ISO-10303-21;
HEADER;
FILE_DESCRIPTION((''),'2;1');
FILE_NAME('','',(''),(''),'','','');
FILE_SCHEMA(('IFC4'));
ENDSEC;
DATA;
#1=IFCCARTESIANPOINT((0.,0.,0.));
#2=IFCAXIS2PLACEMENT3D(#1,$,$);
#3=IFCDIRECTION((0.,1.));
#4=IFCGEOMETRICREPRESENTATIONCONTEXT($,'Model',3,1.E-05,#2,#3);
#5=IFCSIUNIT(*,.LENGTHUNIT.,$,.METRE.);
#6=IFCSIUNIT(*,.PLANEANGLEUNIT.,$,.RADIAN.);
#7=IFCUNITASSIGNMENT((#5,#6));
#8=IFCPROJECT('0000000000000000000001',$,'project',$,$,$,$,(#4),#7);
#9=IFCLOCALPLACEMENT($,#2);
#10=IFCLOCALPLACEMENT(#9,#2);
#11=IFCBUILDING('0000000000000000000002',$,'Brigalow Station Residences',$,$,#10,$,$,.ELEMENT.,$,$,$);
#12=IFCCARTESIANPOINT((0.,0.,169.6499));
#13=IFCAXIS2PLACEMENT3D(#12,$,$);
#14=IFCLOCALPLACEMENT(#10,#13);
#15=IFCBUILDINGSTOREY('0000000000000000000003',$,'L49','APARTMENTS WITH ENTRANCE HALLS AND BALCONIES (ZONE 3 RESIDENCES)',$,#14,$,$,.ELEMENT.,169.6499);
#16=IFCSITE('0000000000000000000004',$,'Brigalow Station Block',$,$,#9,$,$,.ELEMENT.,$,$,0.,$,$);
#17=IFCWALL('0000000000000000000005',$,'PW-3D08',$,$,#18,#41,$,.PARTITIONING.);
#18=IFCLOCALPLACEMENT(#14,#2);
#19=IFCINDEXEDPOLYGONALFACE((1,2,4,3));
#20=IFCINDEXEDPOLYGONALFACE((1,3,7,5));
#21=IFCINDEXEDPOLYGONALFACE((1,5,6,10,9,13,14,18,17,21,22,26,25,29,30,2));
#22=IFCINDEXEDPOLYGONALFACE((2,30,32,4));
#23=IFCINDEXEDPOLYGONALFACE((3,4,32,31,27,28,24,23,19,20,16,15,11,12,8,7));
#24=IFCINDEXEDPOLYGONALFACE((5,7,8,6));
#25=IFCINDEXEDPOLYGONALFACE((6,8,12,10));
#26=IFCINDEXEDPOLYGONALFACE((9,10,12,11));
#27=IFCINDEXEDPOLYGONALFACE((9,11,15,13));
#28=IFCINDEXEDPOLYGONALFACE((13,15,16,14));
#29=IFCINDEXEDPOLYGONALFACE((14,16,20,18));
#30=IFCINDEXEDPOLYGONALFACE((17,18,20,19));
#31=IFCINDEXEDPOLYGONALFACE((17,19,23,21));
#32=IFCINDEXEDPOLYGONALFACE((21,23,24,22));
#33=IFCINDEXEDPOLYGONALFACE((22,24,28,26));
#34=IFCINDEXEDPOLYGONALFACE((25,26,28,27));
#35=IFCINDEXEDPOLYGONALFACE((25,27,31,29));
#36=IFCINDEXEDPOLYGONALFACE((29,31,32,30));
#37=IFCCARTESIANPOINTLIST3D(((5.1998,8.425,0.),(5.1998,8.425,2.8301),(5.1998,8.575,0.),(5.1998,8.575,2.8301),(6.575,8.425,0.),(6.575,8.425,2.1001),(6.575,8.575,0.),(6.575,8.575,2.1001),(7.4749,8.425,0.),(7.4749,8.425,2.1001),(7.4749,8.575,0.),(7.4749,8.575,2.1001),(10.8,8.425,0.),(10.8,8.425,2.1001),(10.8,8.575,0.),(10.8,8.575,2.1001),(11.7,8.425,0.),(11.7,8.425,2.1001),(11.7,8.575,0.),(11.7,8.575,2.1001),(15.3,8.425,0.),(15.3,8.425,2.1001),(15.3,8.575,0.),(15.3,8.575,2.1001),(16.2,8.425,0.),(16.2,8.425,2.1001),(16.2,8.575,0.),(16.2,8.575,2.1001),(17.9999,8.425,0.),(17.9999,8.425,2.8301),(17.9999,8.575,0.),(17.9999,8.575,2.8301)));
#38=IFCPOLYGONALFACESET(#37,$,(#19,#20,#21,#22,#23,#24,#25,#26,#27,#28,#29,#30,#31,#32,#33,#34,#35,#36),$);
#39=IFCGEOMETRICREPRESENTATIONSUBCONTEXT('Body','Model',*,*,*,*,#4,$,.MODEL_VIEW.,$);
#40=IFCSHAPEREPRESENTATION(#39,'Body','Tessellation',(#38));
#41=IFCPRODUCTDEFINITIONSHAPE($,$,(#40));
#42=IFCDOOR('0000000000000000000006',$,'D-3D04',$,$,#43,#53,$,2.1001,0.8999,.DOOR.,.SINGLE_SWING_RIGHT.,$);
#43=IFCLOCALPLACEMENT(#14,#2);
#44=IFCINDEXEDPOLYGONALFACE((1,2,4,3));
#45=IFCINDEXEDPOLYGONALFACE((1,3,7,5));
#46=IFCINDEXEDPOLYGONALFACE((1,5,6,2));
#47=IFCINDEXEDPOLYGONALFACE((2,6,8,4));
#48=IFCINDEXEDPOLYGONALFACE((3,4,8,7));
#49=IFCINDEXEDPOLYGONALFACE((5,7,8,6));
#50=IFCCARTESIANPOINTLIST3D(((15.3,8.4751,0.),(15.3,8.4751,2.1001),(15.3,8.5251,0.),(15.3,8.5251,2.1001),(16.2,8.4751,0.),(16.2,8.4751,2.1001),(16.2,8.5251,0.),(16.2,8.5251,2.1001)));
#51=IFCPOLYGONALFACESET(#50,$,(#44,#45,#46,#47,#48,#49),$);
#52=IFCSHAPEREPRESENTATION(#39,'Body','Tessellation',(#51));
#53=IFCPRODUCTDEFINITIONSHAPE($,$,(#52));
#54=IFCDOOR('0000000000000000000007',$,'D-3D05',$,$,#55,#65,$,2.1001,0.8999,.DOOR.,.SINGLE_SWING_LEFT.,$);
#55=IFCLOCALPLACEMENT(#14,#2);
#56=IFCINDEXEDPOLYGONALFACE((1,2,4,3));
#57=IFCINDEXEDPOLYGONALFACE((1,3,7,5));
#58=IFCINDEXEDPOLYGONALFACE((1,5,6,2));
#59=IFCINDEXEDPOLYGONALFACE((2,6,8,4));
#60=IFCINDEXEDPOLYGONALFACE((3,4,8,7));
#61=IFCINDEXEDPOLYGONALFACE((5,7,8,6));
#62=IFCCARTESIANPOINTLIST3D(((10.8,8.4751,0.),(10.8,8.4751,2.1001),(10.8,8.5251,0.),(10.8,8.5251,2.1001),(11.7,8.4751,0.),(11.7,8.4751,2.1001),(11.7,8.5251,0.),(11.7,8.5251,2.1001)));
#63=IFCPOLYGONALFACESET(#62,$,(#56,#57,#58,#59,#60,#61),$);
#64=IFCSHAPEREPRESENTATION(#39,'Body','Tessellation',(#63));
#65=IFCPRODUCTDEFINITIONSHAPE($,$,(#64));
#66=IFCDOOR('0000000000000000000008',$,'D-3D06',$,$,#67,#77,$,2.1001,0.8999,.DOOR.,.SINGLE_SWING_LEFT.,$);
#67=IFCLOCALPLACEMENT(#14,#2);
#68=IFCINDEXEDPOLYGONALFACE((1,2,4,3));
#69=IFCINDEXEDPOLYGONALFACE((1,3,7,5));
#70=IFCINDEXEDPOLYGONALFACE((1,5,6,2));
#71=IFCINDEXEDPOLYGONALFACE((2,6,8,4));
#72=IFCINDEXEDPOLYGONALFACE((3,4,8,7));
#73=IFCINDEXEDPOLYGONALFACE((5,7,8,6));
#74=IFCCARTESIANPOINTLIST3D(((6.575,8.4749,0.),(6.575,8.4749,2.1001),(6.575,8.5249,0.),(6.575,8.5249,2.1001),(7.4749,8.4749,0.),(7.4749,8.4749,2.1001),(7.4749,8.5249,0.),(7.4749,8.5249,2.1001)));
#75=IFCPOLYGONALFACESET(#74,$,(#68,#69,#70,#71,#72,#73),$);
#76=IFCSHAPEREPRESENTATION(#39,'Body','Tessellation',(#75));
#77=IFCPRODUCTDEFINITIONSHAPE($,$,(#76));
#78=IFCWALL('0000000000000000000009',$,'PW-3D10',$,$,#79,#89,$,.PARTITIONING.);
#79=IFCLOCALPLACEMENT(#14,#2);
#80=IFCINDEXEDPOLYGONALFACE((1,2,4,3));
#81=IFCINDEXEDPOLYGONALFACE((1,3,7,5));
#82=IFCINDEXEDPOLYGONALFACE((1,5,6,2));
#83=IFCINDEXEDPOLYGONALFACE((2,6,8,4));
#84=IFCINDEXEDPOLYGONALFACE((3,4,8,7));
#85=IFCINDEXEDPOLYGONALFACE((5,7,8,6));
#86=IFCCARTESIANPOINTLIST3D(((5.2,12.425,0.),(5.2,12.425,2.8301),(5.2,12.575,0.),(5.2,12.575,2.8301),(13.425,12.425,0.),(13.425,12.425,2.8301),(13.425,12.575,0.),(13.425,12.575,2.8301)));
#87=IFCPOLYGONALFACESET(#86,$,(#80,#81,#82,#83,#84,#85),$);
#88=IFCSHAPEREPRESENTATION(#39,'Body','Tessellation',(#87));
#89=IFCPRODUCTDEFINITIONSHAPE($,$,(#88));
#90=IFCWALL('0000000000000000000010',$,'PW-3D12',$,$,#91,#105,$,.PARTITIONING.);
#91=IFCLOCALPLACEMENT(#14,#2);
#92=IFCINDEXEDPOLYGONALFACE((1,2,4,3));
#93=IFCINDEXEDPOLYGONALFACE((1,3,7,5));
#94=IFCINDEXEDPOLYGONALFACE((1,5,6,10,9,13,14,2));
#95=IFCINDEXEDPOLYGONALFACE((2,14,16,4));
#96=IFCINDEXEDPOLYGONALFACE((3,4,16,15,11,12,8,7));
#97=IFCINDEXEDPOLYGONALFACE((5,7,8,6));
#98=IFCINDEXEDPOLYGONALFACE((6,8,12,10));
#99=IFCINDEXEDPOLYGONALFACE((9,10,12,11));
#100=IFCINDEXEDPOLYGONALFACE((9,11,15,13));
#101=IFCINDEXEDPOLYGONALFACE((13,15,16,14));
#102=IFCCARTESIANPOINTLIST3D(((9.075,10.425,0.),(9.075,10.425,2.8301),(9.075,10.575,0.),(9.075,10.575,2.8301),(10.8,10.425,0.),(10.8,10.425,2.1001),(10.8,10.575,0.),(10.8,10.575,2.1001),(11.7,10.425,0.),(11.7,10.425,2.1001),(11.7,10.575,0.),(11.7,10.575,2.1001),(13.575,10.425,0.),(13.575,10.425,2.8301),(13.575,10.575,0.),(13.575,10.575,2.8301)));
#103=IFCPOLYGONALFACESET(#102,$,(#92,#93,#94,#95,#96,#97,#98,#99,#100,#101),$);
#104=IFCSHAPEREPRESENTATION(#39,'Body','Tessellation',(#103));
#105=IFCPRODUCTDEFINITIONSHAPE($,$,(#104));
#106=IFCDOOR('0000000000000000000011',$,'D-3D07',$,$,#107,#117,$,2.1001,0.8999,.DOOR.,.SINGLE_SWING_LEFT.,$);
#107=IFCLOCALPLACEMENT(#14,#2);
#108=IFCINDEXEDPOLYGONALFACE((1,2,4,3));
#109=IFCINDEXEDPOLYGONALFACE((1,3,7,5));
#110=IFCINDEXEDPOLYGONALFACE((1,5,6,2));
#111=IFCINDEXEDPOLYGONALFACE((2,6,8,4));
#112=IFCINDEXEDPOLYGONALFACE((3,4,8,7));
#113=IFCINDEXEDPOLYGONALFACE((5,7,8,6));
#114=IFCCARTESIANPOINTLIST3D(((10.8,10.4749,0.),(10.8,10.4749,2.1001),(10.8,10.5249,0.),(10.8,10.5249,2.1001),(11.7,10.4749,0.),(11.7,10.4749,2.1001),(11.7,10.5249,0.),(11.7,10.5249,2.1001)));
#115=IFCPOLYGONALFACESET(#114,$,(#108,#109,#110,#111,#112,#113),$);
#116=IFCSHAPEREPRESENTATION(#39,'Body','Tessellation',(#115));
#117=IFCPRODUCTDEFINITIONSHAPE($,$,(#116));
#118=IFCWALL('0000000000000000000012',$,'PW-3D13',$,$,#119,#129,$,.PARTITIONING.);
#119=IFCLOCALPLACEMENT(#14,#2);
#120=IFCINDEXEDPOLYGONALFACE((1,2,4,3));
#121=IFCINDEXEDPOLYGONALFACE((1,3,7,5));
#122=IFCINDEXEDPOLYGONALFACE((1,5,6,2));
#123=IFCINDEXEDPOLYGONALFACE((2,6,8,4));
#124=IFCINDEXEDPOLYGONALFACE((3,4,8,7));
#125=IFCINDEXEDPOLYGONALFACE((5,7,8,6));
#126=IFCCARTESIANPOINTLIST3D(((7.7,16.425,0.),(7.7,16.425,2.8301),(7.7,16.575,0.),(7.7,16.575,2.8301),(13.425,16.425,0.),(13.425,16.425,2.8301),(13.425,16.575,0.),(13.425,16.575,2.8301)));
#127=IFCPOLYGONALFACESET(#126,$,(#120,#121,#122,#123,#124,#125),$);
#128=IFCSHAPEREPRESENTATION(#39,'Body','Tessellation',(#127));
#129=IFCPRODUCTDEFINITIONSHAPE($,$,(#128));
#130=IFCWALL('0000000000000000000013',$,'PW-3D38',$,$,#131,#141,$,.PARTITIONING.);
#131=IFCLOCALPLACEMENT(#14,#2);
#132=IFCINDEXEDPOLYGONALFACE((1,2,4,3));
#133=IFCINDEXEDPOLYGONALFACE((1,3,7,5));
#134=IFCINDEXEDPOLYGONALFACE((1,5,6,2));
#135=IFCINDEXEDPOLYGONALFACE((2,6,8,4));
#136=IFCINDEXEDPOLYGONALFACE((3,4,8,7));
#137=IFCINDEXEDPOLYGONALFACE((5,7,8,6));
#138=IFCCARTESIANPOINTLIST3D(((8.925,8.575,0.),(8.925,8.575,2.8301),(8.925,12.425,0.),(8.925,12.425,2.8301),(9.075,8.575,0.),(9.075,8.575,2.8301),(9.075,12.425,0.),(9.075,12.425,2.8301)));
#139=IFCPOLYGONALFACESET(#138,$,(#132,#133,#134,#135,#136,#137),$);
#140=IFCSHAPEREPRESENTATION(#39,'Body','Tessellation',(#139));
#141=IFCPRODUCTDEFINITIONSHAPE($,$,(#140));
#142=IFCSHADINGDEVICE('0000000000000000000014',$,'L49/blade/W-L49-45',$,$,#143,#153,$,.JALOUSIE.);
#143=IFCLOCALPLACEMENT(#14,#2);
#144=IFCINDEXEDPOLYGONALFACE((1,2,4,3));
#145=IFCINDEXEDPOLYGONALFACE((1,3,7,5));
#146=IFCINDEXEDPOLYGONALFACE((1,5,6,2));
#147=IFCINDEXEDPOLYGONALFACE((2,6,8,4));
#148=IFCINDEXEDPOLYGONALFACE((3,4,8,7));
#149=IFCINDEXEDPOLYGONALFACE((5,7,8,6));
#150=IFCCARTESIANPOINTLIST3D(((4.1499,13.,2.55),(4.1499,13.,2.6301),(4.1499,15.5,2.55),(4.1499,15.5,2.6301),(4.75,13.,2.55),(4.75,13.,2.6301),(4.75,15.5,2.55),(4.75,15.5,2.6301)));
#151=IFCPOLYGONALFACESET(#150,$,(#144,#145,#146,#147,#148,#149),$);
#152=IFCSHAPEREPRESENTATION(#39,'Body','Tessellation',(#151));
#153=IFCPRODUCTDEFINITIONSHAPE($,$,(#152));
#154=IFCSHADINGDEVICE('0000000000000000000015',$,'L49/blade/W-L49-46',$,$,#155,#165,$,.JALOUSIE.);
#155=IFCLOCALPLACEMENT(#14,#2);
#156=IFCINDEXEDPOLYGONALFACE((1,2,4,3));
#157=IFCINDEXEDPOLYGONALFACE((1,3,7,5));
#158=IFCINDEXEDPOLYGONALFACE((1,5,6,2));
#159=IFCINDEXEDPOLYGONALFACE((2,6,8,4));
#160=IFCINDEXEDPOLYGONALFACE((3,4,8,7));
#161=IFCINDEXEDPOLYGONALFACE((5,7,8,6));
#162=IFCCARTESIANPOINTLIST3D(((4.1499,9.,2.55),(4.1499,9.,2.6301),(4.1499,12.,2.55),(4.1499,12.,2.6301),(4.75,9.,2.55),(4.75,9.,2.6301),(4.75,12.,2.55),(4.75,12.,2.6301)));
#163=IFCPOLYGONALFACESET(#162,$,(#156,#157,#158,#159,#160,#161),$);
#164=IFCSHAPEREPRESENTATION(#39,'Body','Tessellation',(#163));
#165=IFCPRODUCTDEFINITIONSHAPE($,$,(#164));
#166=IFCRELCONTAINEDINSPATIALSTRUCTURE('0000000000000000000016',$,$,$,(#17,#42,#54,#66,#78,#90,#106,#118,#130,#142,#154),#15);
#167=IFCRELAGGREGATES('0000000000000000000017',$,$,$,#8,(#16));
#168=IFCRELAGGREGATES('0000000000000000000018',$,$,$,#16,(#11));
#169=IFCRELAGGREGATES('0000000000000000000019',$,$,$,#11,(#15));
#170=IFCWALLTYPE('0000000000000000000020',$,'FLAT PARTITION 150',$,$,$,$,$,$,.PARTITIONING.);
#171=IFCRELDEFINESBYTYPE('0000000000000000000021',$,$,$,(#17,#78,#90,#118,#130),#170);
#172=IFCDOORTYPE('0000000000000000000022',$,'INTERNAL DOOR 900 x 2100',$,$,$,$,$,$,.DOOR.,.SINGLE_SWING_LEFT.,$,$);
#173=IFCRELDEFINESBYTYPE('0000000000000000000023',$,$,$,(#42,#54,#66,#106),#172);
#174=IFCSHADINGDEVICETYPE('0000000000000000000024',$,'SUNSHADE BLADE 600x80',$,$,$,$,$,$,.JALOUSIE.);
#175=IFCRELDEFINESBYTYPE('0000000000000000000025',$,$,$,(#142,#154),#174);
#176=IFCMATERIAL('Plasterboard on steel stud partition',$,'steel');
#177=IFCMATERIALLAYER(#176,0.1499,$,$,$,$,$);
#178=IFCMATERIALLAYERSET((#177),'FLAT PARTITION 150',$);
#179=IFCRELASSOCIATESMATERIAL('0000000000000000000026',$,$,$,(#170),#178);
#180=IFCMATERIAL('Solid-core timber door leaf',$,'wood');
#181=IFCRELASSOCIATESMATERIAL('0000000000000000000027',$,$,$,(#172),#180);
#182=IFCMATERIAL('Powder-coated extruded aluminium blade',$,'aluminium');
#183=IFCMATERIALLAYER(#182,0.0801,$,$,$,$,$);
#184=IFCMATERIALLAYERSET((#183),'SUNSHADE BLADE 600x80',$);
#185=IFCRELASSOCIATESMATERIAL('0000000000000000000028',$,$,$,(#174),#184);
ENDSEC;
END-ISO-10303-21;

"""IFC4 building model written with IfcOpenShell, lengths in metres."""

from ifc_helpers import new_model, si_unit, direction, frame, frame_2d, origin, origin_2d, place, context, subcontext, project, spatial, rectangle, extrude, material, layer, layer_set, type_object, element, fill, save


model = new_model("IFC4")

# Units and contexts
model_context = context("Model", 3, precision=1e-05, world=origin(), true_north=direction((0.0, 1.0)))
body_context = subcontext(model_context, "Body", "Model", "MODEL_VIEW")
ifc_project = project(units=[si_unit("LENGTHUNIT", "METRE"), si_unit("PLANEANGLEUNIT", "RADIAN")], contexts=[model_context])

# Site, building, storey
site_placement = place(None, origin())
site = spatial("IfcSite", under=ifc_project, at=site_placement, Name="Brigalow Station Block", CompositionType="ELEMENT", RefElevation=0.0)
building_placement = place(site_placement, origin())
building = spatial("IfcBuilding", under=site, at=building_placement, Name="Brigalow Station Residences", CompositionType="ELEMENT")
storey_placement = place(building_placement, frame((0.0, 0.0, 169.6499)))
storey = spatial("IfcBuildingStorey", under=building, at=storey_placement, Name="L49", Description="APARTMENTS WITH ENTRANCE HALLS AND BALCONIES (ZONE 3 RESIDENCES)", CompositionType="ELEMENT", Elevation=169.6499)

# Wall, openings, doors
ifc_material_1 = material(Name="Plasterboard on steel stud partition", Category="steel")
ifc_layer_1 = layer(ifc_material_1, 0.1499)
ifc_layer_set_1 = layer_set([ifc_layer_1], Name="FLAT PARTITION 150")
wall_type_1 = type_object("IfcWallType", Name="FLAT PARTITION 150", PredefinedType="PARTITIONING", material=ifc_layer_set_1)
wall_1_placement = place(storey_placement, frame((5.2, 8.5, 0.0), z_axis=(0.0, 0.0, 1.0), x_axis=(1.0, 0.0, 0.0)))
wall_1 = element("IfcWall", 1, at=wall_1_placement, inside=storey, type_object=wall_type_1, Name="PW-3D08", PredefinedType="PARTITIONING", context=body_context, shape_type="SweptSolid", body=[
    extrude(rectangle(XDim=12.8, YDim=0.1499, at=frame_2d((6.3999, 0.0))), origin(), (0.0, 0.0, 1.0), 2.8301),
])
opening_1_placement = place(wall_1_placement, frame((10.1001, 0.0, 0.0)))
opening_1 = element("IfcOpeningElement", 2, at=opening_1_placement, cuts=wall_1, PredefinedType="OPENING", context=body_context, shape_type="SweptSolid", body=[
    extrude(rectangle(XDim=0.8999, YDim=2.1001, at=frame_2d((0.45, 1.05))), frame((0.0, 0.085, 0.0), z_axis=(0.0, -1.0, 0.0), x_axis=(1.0, 0.0, 0.0)), (0.0, 0.0, 1.0), 0.1699),
])
opening_2_placement = place(wall_1_placement, frame((5.6001, 0.0, 0.0)))
opening_2 = element("IfcOpeningElement", 3, at=opening_2_placement, cuts=wall_1, PredefinedType="OPENING", context=body_context, shape_type="SweptSolid", body=[
    extrude(rectangle(XDim=0.8999, YDim=2.1001, at=frame_2d((0.45, 1.05))), frame((0.0, 0.085, 0.0), z_axis=(0.0, -1.0, 0.0), x_axis=(1.0, 0.0, 0.0)), (0.0, 0.0, 1.0), 0.1699),
])
opening_3_placement = place(wall_1_placement, frame((1.375, 0.0, 0.0)))
opening_3 = element("IfcOpeningElement", 4, at=opening_3_placement, cuts=wall_1, PredefinedType="OPENING", context=body_context, shape_type="SweptSolid", body=[
    extrude(rectangle(XDim=0.8999, YDim=2.1001, at=frame_2d((0.45, 1.05))), frame((0.0, 0.085, 0.0), z_axis=(0.0, -1.0, 0.0), x_axis=(1.0, 0.0, 0.0)), (0.0, 0.0, 1.0), 0.1699),
])
ifc_material_2 = material(Name="Solid-core timber door leaf", Category="wood")
door_type_1 = type_object("IfcDoorType", Name="INTERNAL DOOR 900 x 2100", OperationType="SINGLE_SWING_LEFT", PredefinedType="DOOR", material=ifc_material_2)
door_1_placement = place(opening_1_placement, frame((0.8999, 0.0, 0.0), z_axis=(0.0, 0.0, 1.0), x_axis=(-1.0, 0.0, 0.0)))
door_1 = element("IfcDoor", 5, at=door_1_placement, inside=storey, type_object=door_type_1, Name="D-3D04", OperationType="SINGLE_SWING_RIGHT", OverallHeight=2.1001, OverallWidth=0.8999, PredefinedType="DOOR", context=body_context, shape_type="SweptSolid", body=[
    extrude(rectangle(XDim=0.8999, YDim=2.1001, at=frame_2d((0.45, 1.05))), frame((0.0, 0.0249, 0.0), z_axis=(0.0, -1.0, 0.0), x_axis=(1.0, 0.0, 0.0)), (0.0, 0.0, 1.0), 0.05),
])
fill(opening_1, door_1)
door_2_placement = place(opening_2_placement, frame((0.8999, 0.0, 0.0), z_axis=(0.0, 0.0, 1.0), x_axis=(-1.0, 0.0, 0.0)))
door_2 = element("IfcDoor", 6, at=door_2_placement, inside=storey, type_object=door_type_1, Name="D-3D05", OperationType="SINGLE_SWING_LEFT", OverallHeight=2.1001, OverallWidth=0.8999, PredefinedType="DOOR", context=body_context, shape_type="SweptSolid", body=[
    extrude(rectangle(XDim=0.8999, YDim=2.1001, at=frame_2d((0.45, 1.05))), frame((0.0, 0.0249, 0.0), z_axis=(0.0, -1.0, 0.0), x_axis=(1.0, 0.0, 0.0)), (0.0, 0.0, 1.0), 0.05),
])
fill(opening_2, door_2)
door_3_placement = place(opening_3_placement, origin())
door_3 = element("IfcDoor", 7, at=door_3_placement, inside=storey, type_object=door_type_1, Name="D-3D06", OperationType="SINGLE_SWING_LEFT", OverallHeight=2.1001, OverallWidth=0.8999, PredefinedType="DOOR", context=body_context, shape_type="SweptSolid", body=[
    extrude(rectangle(XDim=0.8999, YDim=2.1001, at=frame_2d((0.45, 1.05))), frame((0.0, 0.0249, 0.0), z_axis=(0.0, -1.0, 0.0), x_axis=(1.0, 0.0, 0.0)), (0.0, 0.0, 1.0), 0.05),
])
fill(opening_3, door_3)

# Wall
wall_2_placement = place(storey_placement, frame((5.2, 12.5, 0.0), z_axis=(0.0, 0.0, 1.0), x_axis=(1.0, 0.0, 0.0)))
element("IfcWall", 8, at=wall_2_placement, inside=storey, type_object=wall_type_1, Name="PW-3D10", PredefinedType="PARTITIONING", context=body_context, shape_type="SweptSolid", body=[
    extrude(rectangle(XDim=8.2251, YDim=0.1499, at=frame_2d((4.1125, 0.0))), origin(), (0.0, 0.0, 1.0), 2.8301),
])

# Wall, opening, door
wall_3_placement = place(storey_placement, frame((9.075, 10.5, 0.0), z_axis=(0.0, 0.0, 1.0), x_axis=(1.0, 0.0, 0.0)))
wall_3 = element("IfcWall", 9, at=wall_3_placement, inside=storey, type_object=wall_type_1, Name="PW-3D12", PredefinedType="PARTITIONING", context=body_context, shape_type="SweptSolid", body=[
    extrude(rectangle(XDim=4.5, YDim=0.1499, at=frame_2d((2.25, 0.0))), origin(), (0.0, 0.0, 1.0), 2.8301),
])
opening_4_placement = place(wall_3_placement, frame((1.7251, 0.0, 0.0)))
opening_4 = element("IfcOpeningElement", 10, at=opening_4_placement, cuts=wall_3, PredefinedType="OPENING", context=body_context, shape_type="SweptSolid", body=[
    extrude(rectangle(XDim=0.8999, YDim=2.1001, at=frame_2d((0.45, 1.05))), frame((0.0, 0.085, 0.0), z_axis=(0.0, -1.0, 0.0), x_axis=(1.0, 0.0, 0.0)), (0.0, 0.0, 1.0), 0.1699),
])
door_4_placement = place(opening_4_placement, origin())
door_4 = element("IfcDoor", 11, at=door_4_placement, inside=storey, type_object=door_type_1, Name="D-3D07", OperationType="SINGLE_SWING_LEFT", OverallHeight=2.1001, OverallWidth=0.8999, PredefinedType="DOOR", context=body_context, shape_type="SweptSolid", body=[
    extrude(rectangle(XDim=0.8999, YDim=2.1001, at=frame_2d((0.45, 1.05))), frame((0.0, 0.0249, 0.0), z_axis=(0.0, -1.0, 0.0), x_axis=(1.0, 0.0, 0.0)), (0.0, 0.0, 1.0), 0.05),
])
fill(opening_4, door_4)

# Walls
wall_4_placement = place(storey_placement, frame((7.7, 16.5, 0.0), z_axis=(0.0, 0.0, 1.0), x_axis=(1.0, 0.0, 0.0)))
element("IfcWall", 12, at=wall_4_placement, inside=storey, type_object=wall_type_1, Name="PW-3D13", PredefinedType="PARTITIONING", context=body_context, shape_type="SweptSolid", body=[
    extrude(rectangle(XDim=5.7251, YDim=0.1499, at=frame_2d((2.8625, 0.0))), origin(), (0.0, 0.0, 1.0), 2.8301),
])
wall_5_placement = place(storey_placement, frame((9.0, 8.575, 0.0), z_axis=(0.0, 0.0, 1.0), x_axis=(0.0, 1.0, 0.0)))
element("IfcWall", 13, at=wall_5_placement, inside=storey, type_object=wall_type_1, Name="PW-3D38", PredefinedType="PARTITIONING", context=body_context, shape_type="SweptSolid", body=[
    extrude(rectangle(XDim=3.8501, YDim=0.1499, at=frame_2d((1.925, 0.0))), origin(), (0.0, 0.0, 1.0), 2.8301),
])

# Shading devices
ifc_material_3 = material(Name="Powder-coated extruded aluminium blade", Category="aluminium")
ifc_layer_2 = layer(ifc_material_3, 0.0801)
ifc_layer_set_2 = layer_set([ifc_layer_2], Name="SUNSHADE BLADE 600x80")
shading_device_type = type_object("IfcShadingDeviceType", Name="SUNSHADE BLADE 600x80", PredefinedType="JALOUSIE", material=ifc_layer_set_2)
shading_device_1_placement = place(storey_placement, frame((4.45, 14.25, 2.55), z_axis=(0.0, 0.0, 1.0), x_axis=(0.0, -1.0, 0.0)))
element("IfcShadingDevice", 14, at=shading_device_1_placement, inside=storey, type_object=shading_device_type, Name="L49/blade/W-L49-45", PredefinedType="JALOUSIE", context=body_context, shape_type="SweptSolid", body=[
    extrude(rectangle(XDim=2.5, YDim=0.6001, at=origin_2d()), origin(), (0.0, 0.0, 1.0), 0.0801),
])
shading_device_2_placement = place(storey_placement, frame((4.45, 10.5, 2.55), z_axis=(0.0, 0.0, 1.0), x_axis=(0.0, -1.0, 0.0)))
element("IfcShadingDevice", 15, at=shading_device_2_placement, inside=storey, type_object=shading_device_type, Name="L49/blade/W-L49-46", PredefinedType="JALOUSIE", context=body_context, shape_type="SweptSolid", body=[
    extrude(rectangle(XDim=3.0, YDim=0.6001, at=origin_2d()), origin(), (0.0, 0.0, 1.0), 0.0801),
])

save(model, "model.ifc")
